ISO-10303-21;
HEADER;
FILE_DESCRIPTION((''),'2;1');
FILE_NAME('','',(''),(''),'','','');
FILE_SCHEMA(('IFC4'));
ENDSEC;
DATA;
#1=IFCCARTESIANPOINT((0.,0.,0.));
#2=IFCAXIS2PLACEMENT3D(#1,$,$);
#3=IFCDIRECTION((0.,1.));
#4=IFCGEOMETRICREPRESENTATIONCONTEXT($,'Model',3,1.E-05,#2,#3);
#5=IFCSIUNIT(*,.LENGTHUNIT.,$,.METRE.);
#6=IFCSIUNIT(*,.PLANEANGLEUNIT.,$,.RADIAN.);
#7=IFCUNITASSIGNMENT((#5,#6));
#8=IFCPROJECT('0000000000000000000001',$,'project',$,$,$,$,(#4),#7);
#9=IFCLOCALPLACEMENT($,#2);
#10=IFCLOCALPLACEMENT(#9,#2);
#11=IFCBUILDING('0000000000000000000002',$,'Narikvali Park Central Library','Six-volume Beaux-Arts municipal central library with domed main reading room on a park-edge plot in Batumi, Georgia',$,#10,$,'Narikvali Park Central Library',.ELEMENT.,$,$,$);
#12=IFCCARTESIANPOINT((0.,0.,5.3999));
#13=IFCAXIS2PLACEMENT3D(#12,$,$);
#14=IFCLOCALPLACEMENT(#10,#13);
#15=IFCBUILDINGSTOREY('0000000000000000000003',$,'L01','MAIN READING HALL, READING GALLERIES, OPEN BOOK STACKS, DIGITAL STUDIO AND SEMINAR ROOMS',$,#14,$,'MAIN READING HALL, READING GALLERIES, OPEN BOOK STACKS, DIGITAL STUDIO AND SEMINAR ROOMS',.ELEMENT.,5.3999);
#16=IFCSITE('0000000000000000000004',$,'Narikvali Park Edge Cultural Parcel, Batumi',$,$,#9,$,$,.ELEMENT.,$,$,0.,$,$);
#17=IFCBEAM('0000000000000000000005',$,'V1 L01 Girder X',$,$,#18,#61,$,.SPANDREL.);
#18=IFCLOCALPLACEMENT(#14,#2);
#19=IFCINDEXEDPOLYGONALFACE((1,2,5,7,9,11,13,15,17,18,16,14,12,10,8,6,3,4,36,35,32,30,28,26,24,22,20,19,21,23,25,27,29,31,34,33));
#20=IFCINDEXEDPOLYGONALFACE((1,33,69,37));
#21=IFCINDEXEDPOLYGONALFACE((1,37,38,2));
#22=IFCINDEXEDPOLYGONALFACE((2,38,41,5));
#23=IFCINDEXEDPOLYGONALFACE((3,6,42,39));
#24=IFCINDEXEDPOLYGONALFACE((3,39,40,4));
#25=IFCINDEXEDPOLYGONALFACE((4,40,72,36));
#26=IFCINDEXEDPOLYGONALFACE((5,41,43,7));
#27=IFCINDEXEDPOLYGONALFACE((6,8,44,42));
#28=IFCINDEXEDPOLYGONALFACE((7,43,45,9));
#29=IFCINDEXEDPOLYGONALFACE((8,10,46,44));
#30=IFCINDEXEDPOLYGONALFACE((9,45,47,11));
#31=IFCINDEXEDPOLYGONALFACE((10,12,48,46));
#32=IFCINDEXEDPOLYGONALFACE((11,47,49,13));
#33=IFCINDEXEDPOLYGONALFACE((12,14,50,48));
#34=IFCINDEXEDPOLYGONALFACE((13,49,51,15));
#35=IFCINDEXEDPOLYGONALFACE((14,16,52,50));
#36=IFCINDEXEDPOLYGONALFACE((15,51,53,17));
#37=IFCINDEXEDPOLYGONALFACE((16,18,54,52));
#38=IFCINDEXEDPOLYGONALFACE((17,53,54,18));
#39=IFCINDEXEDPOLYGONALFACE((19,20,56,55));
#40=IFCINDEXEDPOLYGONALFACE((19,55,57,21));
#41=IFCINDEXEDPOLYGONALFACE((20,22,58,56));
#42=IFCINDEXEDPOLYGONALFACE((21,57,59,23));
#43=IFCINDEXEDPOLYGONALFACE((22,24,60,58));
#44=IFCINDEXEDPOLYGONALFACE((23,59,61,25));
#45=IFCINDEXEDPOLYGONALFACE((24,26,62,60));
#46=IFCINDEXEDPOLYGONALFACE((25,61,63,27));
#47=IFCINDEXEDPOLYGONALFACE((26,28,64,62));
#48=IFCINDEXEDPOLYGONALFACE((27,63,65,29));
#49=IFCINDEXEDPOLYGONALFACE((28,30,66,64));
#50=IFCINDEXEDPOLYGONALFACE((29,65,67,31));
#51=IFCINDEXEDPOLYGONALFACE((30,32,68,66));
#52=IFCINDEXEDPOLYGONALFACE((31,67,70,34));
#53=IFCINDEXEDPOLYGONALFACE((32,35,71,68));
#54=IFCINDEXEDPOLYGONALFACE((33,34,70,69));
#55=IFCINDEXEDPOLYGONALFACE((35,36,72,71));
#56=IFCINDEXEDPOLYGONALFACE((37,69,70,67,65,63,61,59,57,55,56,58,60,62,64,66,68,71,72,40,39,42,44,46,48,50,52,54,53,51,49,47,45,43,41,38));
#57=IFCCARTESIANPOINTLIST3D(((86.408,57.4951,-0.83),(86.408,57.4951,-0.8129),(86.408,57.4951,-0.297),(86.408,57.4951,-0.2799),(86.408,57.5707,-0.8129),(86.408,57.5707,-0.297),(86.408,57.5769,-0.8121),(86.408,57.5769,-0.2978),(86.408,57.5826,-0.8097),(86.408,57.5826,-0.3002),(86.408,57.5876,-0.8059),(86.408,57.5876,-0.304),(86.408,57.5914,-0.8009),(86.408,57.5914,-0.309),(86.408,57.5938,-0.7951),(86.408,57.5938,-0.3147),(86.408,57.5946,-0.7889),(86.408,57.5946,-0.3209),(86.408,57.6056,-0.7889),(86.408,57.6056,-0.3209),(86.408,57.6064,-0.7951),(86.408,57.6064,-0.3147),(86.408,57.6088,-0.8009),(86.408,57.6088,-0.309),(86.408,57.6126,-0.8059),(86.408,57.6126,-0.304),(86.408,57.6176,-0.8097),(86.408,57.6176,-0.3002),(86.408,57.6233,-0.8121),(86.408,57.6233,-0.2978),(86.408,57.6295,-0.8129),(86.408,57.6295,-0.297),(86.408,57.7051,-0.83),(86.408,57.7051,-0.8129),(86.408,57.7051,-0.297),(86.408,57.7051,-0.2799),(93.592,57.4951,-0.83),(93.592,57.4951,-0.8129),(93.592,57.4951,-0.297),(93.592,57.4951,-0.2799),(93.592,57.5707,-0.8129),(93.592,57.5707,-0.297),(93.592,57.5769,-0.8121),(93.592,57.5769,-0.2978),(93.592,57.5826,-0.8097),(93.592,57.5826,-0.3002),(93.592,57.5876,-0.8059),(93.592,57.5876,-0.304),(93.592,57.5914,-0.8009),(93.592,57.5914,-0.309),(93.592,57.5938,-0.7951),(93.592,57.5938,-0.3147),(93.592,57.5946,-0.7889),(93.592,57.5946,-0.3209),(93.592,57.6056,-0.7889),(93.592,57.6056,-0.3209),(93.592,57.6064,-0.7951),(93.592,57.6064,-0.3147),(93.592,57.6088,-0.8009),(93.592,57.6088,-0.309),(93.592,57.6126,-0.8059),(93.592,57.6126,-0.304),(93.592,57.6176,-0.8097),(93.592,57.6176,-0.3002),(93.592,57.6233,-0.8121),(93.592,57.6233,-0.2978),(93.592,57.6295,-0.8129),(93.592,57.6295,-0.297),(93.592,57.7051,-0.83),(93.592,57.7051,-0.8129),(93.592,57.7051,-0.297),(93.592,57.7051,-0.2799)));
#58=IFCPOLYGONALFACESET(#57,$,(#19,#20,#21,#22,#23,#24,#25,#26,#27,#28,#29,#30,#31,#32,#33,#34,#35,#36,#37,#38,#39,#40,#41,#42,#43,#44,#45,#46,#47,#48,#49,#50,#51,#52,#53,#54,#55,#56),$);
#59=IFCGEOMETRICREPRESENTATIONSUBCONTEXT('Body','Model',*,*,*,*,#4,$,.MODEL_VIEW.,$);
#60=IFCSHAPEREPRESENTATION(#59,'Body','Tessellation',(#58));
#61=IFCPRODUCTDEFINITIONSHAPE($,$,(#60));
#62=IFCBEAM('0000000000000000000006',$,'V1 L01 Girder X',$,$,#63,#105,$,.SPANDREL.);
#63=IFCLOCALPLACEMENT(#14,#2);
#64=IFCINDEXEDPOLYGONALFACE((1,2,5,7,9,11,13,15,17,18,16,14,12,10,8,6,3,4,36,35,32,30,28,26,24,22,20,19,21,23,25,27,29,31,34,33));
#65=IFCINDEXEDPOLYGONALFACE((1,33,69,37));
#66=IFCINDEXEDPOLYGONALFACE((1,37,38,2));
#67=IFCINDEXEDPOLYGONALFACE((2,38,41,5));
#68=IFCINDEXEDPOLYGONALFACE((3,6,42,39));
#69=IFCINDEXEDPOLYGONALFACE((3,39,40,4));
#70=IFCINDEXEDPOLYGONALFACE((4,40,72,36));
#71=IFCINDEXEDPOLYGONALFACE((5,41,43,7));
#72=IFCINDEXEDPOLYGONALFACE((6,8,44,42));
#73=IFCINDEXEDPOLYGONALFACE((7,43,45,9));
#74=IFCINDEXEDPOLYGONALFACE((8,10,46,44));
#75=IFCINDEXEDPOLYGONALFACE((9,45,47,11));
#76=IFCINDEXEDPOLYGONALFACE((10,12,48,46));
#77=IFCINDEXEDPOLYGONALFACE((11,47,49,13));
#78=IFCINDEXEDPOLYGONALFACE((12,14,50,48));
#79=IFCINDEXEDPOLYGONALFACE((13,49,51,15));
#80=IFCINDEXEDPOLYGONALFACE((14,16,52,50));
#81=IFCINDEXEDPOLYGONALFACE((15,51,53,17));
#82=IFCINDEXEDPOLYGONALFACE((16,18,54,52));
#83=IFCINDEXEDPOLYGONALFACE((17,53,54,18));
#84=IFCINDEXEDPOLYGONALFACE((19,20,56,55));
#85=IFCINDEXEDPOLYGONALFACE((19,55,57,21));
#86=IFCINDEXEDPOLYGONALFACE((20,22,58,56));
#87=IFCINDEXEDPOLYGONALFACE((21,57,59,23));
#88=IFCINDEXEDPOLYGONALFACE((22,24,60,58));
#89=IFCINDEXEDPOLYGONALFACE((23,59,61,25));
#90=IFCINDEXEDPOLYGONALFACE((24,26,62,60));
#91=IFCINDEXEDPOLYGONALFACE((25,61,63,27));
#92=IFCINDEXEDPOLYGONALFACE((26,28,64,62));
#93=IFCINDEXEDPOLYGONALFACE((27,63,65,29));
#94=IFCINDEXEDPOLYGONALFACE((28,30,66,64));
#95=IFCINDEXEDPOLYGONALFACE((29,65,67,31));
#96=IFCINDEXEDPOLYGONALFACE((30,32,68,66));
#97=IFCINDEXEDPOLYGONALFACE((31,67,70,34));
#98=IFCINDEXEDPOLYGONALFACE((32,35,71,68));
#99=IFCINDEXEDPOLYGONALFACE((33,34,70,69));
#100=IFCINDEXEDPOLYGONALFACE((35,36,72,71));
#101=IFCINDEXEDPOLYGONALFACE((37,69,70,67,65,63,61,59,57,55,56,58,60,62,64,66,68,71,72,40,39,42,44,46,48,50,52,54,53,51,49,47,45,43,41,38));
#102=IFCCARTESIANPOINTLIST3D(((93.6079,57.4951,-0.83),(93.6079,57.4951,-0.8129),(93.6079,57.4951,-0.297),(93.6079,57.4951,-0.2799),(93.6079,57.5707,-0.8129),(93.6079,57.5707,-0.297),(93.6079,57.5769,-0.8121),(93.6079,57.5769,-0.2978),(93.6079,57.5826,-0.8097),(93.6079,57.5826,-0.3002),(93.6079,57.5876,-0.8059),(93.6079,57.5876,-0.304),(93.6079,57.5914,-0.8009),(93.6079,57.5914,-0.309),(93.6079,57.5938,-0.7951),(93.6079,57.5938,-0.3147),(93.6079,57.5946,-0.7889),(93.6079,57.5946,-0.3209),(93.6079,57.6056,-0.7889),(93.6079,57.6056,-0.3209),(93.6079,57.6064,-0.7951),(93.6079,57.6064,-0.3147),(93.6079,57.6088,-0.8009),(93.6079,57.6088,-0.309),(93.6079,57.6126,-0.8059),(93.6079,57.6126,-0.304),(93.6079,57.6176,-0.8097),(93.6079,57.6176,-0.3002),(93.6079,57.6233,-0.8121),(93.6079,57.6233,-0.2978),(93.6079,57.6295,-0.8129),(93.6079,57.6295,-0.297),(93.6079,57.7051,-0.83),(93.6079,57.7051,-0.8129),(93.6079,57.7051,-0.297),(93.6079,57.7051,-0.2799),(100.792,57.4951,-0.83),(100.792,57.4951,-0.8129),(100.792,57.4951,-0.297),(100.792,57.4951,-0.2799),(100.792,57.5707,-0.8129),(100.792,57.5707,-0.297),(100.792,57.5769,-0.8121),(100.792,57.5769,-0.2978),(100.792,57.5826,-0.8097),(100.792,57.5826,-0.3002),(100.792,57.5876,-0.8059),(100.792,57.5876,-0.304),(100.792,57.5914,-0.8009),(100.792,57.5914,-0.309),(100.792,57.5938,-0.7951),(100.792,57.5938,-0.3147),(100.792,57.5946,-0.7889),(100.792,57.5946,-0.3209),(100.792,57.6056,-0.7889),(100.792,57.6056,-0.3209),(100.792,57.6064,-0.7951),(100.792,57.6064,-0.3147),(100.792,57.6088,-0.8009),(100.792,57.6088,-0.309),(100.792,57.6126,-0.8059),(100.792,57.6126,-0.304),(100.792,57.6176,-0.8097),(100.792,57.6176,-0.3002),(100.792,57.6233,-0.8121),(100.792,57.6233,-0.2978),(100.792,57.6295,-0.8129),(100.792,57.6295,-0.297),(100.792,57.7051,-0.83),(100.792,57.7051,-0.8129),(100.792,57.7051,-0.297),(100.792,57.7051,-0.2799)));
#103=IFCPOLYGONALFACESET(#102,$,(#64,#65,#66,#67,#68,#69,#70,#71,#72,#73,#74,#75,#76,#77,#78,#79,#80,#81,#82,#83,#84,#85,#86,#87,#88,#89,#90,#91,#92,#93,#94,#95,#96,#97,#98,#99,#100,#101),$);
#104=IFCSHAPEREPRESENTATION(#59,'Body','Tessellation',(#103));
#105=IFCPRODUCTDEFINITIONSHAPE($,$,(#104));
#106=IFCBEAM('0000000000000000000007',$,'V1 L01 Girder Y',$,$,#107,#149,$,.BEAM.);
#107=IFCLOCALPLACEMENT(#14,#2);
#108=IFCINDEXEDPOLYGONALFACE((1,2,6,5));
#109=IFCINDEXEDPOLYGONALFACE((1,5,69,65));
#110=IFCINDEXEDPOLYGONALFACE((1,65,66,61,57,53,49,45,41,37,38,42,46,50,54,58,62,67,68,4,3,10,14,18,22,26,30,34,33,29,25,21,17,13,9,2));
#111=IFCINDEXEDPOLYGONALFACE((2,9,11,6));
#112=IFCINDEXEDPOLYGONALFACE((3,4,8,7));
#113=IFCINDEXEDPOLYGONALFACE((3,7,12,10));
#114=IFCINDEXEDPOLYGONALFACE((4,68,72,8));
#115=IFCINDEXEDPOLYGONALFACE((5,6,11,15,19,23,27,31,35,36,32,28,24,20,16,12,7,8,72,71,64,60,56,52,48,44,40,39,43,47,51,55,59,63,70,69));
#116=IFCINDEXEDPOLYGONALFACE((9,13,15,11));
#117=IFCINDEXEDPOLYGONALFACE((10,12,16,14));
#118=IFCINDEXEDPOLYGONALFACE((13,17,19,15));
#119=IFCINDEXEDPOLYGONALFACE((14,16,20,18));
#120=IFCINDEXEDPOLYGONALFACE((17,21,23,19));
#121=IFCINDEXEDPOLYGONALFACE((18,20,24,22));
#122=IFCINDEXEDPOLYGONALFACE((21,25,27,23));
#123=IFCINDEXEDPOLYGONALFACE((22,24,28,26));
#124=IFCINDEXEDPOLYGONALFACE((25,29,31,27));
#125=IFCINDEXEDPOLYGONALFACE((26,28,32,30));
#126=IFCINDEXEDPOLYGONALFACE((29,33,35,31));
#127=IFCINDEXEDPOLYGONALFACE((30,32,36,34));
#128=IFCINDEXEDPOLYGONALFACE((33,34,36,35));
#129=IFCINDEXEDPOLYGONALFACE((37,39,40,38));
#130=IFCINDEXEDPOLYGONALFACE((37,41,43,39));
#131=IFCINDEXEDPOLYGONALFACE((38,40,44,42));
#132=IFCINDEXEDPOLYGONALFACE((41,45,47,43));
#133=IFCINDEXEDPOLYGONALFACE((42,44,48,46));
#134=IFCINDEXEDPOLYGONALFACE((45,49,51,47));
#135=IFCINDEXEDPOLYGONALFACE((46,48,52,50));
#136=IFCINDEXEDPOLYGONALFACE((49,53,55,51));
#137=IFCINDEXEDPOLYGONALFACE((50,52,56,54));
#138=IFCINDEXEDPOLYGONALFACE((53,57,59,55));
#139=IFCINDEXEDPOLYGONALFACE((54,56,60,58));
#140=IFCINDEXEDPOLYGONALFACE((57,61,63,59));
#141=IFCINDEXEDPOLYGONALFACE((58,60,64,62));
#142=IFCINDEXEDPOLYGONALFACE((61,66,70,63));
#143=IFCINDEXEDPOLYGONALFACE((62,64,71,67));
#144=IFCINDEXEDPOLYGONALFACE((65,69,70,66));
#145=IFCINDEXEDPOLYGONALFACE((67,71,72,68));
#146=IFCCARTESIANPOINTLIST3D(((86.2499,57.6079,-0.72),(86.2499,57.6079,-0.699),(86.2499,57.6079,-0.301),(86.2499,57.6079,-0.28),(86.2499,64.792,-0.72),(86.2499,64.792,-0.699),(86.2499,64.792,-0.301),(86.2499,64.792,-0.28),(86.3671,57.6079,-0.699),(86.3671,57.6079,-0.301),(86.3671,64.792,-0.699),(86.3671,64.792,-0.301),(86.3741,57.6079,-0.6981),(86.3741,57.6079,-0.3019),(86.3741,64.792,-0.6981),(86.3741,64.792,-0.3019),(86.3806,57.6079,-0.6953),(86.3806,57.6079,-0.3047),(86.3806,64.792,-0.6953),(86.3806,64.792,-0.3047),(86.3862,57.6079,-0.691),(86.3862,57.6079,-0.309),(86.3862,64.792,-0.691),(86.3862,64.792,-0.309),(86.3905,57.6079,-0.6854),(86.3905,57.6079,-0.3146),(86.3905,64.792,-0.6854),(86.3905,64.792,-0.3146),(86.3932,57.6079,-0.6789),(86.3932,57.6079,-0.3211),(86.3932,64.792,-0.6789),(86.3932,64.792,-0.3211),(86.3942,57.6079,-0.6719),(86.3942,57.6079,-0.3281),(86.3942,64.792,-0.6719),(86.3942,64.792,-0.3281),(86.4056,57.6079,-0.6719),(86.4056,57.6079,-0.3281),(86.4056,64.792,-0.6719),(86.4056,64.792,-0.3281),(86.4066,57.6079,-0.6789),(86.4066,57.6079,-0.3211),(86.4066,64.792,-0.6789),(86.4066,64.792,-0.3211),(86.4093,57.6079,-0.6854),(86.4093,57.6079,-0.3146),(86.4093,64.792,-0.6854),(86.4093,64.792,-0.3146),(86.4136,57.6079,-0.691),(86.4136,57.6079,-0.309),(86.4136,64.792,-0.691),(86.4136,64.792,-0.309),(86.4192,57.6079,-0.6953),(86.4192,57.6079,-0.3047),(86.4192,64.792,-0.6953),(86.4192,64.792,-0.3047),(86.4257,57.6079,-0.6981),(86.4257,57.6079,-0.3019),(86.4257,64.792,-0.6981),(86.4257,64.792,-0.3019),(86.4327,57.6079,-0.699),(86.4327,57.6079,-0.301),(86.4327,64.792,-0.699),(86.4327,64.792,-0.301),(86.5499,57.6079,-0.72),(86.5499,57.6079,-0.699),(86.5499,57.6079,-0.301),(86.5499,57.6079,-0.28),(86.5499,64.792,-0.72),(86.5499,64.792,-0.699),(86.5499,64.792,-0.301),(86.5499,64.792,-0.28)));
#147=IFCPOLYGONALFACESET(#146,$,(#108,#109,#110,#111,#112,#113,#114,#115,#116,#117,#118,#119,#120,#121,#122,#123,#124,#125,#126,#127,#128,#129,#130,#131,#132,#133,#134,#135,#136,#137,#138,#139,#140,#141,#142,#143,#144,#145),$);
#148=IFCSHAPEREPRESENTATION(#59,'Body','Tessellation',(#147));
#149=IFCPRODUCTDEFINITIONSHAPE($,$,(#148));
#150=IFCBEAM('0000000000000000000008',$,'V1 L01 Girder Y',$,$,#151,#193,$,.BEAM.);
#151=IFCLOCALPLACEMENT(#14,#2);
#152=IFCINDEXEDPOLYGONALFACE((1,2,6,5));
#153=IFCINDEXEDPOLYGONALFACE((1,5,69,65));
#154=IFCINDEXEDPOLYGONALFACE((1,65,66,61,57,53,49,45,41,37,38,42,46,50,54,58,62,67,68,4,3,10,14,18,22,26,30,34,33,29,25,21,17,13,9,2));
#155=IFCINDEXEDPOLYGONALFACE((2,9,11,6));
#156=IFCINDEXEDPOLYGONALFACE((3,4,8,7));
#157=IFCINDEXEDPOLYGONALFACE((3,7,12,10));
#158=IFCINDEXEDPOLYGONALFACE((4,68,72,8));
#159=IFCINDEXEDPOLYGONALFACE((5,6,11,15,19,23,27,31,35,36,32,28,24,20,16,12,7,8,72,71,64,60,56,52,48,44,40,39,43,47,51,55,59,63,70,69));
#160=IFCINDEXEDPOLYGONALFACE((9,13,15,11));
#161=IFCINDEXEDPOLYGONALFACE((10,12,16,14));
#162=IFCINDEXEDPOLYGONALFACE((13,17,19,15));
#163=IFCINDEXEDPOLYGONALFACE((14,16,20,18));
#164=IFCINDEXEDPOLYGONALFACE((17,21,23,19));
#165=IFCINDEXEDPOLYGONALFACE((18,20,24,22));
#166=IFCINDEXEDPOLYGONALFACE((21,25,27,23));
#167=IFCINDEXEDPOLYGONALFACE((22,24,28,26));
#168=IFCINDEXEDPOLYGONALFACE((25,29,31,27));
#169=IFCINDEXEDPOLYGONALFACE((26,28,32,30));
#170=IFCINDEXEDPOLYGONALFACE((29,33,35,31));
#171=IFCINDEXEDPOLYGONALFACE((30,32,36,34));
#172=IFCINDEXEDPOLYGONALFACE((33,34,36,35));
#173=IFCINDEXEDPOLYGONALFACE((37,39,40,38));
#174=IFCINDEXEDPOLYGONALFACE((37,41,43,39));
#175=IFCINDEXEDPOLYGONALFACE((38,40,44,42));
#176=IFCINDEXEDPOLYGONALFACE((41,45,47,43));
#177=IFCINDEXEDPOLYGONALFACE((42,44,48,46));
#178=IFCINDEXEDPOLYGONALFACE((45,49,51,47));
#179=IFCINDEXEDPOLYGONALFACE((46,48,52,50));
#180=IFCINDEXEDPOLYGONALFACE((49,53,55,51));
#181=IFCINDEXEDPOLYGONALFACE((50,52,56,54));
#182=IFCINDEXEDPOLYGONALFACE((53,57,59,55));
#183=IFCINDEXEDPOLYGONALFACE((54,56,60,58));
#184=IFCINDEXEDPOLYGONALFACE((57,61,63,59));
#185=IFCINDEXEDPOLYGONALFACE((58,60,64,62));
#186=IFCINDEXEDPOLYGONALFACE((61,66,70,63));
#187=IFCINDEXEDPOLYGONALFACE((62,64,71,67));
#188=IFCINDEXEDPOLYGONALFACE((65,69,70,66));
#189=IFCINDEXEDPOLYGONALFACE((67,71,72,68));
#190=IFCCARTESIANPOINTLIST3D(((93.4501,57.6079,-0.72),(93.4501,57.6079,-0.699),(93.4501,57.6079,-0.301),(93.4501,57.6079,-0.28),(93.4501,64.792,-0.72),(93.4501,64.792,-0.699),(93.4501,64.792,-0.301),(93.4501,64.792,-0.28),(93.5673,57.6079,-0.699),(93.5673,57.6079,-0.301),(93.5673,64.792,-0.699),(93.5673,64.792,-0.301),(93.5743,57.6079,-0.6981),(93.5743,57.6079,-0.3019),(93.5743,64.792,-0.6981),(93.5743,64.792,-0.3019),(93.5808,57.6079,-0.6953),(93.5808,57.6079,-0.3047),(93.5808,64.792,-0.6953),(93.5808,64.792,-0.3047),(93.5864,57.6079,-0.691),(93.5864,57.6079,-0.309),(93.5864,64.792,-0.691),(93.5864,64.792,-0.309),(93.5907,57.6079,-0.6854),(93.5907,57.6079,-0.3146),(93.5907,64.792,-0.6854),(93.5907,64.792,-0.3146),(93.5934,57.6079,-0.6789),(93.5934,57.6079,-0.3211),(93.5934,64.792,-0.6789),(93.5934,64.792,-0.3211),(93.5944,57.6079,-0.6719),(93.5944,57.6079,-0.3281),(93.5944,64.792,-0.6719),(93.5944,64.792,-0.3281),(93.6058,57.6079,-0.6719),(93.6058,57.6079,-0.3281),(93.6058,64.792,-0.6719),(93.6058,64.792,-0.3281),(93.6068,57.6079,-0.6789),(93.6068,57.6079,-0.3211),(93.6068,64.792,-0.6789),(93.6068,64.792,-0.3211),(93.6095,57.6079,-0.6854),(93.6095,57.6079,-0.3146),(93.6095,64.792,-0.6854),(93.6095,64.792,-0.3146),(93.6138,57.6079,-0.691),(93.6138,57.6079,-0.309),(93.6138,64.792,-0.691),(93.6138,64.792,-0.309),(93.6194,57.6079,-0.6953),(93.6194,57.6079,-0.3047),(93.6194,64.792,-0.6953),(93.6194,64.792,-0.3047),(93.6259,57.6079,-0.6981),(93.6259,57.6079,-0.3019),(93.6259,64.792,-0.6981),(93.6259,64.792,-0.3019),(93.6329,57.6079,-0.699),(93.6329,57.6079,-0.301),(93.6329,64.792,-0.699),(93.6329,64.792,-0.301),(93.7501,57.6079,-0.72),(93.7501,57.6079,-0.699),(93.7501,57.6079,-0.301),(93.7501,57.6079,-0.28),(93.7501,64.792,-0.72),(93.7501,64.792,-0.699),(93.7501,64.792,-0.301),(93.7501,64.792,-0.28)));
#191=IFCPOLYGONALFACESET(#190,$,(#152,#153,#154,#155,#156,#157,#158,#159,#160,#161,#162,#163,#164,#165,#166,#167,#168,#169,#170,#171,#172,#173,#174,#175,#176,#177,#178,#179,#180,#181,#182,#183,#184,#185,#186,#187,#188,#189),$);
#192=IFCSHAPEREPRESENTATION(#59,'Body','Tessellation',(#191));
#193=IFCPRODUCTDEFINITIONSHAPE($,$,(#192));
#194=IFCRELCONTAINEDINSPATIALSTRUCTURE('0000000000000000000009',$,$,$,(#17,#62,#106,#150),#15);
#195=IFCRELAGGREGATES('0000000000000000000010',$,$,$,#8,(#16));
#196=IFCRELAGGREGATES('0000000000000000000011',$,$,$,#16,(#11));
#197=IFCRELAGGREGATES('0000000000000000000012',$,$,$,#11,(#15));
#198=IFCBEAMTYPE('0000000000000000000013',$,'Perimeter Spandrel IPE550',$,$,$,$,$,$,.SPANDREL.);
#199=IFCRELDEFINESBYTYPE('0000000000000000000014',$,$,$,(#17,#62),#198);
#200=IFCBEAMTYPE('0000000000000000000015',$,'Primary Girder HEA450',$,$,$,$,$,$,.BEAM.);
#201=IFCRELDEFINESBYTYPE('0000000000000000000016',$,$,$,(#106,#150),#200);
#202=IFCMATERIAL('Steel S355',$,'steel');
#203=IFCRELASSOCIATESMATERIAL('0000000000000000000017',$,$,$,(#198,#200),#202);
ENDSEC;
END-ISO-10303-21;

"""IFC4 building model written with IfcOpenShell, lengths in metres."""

from ifc_helpers import new_model, si_unit, direction, frame, origin, origin_2d, place, context, subcontext, project, spatial, i_section, extrude, material, material_profile, profile_set, type_object, element, save


model = new_model("IFC4")

# Units and contexts
model_context = context("Model", 3, precision=1e-05, world=origin(), true_north=direction((0.0, 1.0)))
body_context = subcontext(model_context, "Body", "Model", "MODEL_VIEW")
ifc_project = project(units=[si_unit("LENGTHUNIT", "METRE"), si_unit("PLANEANGLEUNIT", "RADIAN")], contexts=[model_context])

# Site, building, storey
site_placement = place(None, origin())
site = spatial("IfcSite", under=ifc_project, at=site_placement, Name="Narikvali Park Edge Cultural Parcel, Batumi", CompositionType="ELEMENT", RefElevation=0.0)
building_placement = place(site_placement, origin())
building = spatial("IfcBuilding", under=site, at=building_placement, Name="Narikvali Park Central Library", Description="Six-volume Beaux-Arts municipal central library with domed main reading room on a park-edge plot in Batumi, Georgia", LongName="Narikvali Park Central Library", CompositionType="ELEMENT")
storey_placement = place(building_placement, frame((0.0, 0.0, 5.3999)))
storey = spatial("IfcBuildingStorey", under=building, at=storey_placement, Name="L01", Description="MAIN READING HALL, READING GALLERIES, OPEN BOOK STACKS, DIGITAL STUDIO AND SEMINAR ROOMS", LongName="MAIN READING HALL, READING GALLERIES, OPEN BOOK STACKS, DIGITAL STUDIO AND SEMINAR ROOMS", CompositionType="ELEMENT", Elevation=5.3999)

# Shared definitions
ifc_material_1 = material(Name="Steel S355", Category="steel")

# Beams
ifc_material_profile_1 = material_profile(ifc_material_1, i_section(OverallWidth=0.21, OverallDepth=0.55, WebThickness=0.011, FlangeThickness=0.0171, FilletRadius=0.0239, at=origin_2d()), Name="IPE 550")
ifc_profile_set_1 = profile_set([ifc_material_profile_1], Name="Steel S355")
beam_type_1 = type_object("IfcBeamType", Name="Perimeter Spandrel IPE550", PredefinedType="SPANDREL", material=ifc_profile_set_1)
for number, where, z_axis, x_axis, name in (
    (1, (86.408, 57.6001, -0.5549), (1.0, 0.0, 0.0), (0.0, 1.0, 0.0), "V1 L01 Girder X"),
    (2, (93.6079, 57.6001, -0.5549), (1.0, 0.0, 0.0), (0.0, 1.0, 0.0), "V1 L01 Girder X"),
):
    element("IfcBeam", number, at=place(storey_placement, frame(where, z_axis=z_axis, x_axis=x_axis)), inside=storey, type_object=beam_type_1, Name=name, PredefinedType="SPANDREL", context=body_context, shape_type="SweptSolid", body=[
        extrude(i_section(OverallWidth=0.21, OverallDepth=0.55, WebThickness=0.011, FlangeThickness=0.0171, FilletRadius=0.0239, at=origin_2d()), origin(), (0.0, 0.0, 1.0), 7.1841),
    ])
ifc_material_profile_2 = material_profile(ifc_material_1, i_section(OverallWidth=0.3, OverallDepth=0.4399, WebThickness=0.0115, FlangeThickness=0.021, FilletRadius=0.0271, at=origin_2d()), Name="HEA 450")
ifc_profile_set_2 = profile_set([ifc_material_profile_2], Name="Steel S355")
beam_type_2 = type_object("IfcBeamType", Name="Primary Girder HEA450", PredefinedType="BEAM", material=ifc_profile_set_2)
for number, where, z_axis, x_axis, name in (
    (3, (86.3999, 57.6079, -0.5), (0.0, 1.0, 0.0), (-1.0, 0.0, 0.0), "V1 L01 Girder Y"),
    (4, (93.6001, 57.6079, -0.5), (0.0, 1.0, 0.0), (-1.0, 0.0, 0.0), "V1 L01 Girder Y"),
):
    element("IfcBeam", number, at=place(storey_placement, frame(where, z_axis=z_axis, x_axis=x_axis)), inside=storey, type_object=beam_type_2, Name=name, PredefinedType="BEAM", context=body_context, shape_type="SweptSolid", body=[
        extrude(i_section(OverallWidth=0.3, OverallDepth=0.4399, WebThickness=0.0115, FlangeThickness=0.021, FilletRadius=0.0271, at=origin_2d()), origin(), (0.0, 0.0, 1.0), 7.1841),
    ])

save(model, "model.ifc")
